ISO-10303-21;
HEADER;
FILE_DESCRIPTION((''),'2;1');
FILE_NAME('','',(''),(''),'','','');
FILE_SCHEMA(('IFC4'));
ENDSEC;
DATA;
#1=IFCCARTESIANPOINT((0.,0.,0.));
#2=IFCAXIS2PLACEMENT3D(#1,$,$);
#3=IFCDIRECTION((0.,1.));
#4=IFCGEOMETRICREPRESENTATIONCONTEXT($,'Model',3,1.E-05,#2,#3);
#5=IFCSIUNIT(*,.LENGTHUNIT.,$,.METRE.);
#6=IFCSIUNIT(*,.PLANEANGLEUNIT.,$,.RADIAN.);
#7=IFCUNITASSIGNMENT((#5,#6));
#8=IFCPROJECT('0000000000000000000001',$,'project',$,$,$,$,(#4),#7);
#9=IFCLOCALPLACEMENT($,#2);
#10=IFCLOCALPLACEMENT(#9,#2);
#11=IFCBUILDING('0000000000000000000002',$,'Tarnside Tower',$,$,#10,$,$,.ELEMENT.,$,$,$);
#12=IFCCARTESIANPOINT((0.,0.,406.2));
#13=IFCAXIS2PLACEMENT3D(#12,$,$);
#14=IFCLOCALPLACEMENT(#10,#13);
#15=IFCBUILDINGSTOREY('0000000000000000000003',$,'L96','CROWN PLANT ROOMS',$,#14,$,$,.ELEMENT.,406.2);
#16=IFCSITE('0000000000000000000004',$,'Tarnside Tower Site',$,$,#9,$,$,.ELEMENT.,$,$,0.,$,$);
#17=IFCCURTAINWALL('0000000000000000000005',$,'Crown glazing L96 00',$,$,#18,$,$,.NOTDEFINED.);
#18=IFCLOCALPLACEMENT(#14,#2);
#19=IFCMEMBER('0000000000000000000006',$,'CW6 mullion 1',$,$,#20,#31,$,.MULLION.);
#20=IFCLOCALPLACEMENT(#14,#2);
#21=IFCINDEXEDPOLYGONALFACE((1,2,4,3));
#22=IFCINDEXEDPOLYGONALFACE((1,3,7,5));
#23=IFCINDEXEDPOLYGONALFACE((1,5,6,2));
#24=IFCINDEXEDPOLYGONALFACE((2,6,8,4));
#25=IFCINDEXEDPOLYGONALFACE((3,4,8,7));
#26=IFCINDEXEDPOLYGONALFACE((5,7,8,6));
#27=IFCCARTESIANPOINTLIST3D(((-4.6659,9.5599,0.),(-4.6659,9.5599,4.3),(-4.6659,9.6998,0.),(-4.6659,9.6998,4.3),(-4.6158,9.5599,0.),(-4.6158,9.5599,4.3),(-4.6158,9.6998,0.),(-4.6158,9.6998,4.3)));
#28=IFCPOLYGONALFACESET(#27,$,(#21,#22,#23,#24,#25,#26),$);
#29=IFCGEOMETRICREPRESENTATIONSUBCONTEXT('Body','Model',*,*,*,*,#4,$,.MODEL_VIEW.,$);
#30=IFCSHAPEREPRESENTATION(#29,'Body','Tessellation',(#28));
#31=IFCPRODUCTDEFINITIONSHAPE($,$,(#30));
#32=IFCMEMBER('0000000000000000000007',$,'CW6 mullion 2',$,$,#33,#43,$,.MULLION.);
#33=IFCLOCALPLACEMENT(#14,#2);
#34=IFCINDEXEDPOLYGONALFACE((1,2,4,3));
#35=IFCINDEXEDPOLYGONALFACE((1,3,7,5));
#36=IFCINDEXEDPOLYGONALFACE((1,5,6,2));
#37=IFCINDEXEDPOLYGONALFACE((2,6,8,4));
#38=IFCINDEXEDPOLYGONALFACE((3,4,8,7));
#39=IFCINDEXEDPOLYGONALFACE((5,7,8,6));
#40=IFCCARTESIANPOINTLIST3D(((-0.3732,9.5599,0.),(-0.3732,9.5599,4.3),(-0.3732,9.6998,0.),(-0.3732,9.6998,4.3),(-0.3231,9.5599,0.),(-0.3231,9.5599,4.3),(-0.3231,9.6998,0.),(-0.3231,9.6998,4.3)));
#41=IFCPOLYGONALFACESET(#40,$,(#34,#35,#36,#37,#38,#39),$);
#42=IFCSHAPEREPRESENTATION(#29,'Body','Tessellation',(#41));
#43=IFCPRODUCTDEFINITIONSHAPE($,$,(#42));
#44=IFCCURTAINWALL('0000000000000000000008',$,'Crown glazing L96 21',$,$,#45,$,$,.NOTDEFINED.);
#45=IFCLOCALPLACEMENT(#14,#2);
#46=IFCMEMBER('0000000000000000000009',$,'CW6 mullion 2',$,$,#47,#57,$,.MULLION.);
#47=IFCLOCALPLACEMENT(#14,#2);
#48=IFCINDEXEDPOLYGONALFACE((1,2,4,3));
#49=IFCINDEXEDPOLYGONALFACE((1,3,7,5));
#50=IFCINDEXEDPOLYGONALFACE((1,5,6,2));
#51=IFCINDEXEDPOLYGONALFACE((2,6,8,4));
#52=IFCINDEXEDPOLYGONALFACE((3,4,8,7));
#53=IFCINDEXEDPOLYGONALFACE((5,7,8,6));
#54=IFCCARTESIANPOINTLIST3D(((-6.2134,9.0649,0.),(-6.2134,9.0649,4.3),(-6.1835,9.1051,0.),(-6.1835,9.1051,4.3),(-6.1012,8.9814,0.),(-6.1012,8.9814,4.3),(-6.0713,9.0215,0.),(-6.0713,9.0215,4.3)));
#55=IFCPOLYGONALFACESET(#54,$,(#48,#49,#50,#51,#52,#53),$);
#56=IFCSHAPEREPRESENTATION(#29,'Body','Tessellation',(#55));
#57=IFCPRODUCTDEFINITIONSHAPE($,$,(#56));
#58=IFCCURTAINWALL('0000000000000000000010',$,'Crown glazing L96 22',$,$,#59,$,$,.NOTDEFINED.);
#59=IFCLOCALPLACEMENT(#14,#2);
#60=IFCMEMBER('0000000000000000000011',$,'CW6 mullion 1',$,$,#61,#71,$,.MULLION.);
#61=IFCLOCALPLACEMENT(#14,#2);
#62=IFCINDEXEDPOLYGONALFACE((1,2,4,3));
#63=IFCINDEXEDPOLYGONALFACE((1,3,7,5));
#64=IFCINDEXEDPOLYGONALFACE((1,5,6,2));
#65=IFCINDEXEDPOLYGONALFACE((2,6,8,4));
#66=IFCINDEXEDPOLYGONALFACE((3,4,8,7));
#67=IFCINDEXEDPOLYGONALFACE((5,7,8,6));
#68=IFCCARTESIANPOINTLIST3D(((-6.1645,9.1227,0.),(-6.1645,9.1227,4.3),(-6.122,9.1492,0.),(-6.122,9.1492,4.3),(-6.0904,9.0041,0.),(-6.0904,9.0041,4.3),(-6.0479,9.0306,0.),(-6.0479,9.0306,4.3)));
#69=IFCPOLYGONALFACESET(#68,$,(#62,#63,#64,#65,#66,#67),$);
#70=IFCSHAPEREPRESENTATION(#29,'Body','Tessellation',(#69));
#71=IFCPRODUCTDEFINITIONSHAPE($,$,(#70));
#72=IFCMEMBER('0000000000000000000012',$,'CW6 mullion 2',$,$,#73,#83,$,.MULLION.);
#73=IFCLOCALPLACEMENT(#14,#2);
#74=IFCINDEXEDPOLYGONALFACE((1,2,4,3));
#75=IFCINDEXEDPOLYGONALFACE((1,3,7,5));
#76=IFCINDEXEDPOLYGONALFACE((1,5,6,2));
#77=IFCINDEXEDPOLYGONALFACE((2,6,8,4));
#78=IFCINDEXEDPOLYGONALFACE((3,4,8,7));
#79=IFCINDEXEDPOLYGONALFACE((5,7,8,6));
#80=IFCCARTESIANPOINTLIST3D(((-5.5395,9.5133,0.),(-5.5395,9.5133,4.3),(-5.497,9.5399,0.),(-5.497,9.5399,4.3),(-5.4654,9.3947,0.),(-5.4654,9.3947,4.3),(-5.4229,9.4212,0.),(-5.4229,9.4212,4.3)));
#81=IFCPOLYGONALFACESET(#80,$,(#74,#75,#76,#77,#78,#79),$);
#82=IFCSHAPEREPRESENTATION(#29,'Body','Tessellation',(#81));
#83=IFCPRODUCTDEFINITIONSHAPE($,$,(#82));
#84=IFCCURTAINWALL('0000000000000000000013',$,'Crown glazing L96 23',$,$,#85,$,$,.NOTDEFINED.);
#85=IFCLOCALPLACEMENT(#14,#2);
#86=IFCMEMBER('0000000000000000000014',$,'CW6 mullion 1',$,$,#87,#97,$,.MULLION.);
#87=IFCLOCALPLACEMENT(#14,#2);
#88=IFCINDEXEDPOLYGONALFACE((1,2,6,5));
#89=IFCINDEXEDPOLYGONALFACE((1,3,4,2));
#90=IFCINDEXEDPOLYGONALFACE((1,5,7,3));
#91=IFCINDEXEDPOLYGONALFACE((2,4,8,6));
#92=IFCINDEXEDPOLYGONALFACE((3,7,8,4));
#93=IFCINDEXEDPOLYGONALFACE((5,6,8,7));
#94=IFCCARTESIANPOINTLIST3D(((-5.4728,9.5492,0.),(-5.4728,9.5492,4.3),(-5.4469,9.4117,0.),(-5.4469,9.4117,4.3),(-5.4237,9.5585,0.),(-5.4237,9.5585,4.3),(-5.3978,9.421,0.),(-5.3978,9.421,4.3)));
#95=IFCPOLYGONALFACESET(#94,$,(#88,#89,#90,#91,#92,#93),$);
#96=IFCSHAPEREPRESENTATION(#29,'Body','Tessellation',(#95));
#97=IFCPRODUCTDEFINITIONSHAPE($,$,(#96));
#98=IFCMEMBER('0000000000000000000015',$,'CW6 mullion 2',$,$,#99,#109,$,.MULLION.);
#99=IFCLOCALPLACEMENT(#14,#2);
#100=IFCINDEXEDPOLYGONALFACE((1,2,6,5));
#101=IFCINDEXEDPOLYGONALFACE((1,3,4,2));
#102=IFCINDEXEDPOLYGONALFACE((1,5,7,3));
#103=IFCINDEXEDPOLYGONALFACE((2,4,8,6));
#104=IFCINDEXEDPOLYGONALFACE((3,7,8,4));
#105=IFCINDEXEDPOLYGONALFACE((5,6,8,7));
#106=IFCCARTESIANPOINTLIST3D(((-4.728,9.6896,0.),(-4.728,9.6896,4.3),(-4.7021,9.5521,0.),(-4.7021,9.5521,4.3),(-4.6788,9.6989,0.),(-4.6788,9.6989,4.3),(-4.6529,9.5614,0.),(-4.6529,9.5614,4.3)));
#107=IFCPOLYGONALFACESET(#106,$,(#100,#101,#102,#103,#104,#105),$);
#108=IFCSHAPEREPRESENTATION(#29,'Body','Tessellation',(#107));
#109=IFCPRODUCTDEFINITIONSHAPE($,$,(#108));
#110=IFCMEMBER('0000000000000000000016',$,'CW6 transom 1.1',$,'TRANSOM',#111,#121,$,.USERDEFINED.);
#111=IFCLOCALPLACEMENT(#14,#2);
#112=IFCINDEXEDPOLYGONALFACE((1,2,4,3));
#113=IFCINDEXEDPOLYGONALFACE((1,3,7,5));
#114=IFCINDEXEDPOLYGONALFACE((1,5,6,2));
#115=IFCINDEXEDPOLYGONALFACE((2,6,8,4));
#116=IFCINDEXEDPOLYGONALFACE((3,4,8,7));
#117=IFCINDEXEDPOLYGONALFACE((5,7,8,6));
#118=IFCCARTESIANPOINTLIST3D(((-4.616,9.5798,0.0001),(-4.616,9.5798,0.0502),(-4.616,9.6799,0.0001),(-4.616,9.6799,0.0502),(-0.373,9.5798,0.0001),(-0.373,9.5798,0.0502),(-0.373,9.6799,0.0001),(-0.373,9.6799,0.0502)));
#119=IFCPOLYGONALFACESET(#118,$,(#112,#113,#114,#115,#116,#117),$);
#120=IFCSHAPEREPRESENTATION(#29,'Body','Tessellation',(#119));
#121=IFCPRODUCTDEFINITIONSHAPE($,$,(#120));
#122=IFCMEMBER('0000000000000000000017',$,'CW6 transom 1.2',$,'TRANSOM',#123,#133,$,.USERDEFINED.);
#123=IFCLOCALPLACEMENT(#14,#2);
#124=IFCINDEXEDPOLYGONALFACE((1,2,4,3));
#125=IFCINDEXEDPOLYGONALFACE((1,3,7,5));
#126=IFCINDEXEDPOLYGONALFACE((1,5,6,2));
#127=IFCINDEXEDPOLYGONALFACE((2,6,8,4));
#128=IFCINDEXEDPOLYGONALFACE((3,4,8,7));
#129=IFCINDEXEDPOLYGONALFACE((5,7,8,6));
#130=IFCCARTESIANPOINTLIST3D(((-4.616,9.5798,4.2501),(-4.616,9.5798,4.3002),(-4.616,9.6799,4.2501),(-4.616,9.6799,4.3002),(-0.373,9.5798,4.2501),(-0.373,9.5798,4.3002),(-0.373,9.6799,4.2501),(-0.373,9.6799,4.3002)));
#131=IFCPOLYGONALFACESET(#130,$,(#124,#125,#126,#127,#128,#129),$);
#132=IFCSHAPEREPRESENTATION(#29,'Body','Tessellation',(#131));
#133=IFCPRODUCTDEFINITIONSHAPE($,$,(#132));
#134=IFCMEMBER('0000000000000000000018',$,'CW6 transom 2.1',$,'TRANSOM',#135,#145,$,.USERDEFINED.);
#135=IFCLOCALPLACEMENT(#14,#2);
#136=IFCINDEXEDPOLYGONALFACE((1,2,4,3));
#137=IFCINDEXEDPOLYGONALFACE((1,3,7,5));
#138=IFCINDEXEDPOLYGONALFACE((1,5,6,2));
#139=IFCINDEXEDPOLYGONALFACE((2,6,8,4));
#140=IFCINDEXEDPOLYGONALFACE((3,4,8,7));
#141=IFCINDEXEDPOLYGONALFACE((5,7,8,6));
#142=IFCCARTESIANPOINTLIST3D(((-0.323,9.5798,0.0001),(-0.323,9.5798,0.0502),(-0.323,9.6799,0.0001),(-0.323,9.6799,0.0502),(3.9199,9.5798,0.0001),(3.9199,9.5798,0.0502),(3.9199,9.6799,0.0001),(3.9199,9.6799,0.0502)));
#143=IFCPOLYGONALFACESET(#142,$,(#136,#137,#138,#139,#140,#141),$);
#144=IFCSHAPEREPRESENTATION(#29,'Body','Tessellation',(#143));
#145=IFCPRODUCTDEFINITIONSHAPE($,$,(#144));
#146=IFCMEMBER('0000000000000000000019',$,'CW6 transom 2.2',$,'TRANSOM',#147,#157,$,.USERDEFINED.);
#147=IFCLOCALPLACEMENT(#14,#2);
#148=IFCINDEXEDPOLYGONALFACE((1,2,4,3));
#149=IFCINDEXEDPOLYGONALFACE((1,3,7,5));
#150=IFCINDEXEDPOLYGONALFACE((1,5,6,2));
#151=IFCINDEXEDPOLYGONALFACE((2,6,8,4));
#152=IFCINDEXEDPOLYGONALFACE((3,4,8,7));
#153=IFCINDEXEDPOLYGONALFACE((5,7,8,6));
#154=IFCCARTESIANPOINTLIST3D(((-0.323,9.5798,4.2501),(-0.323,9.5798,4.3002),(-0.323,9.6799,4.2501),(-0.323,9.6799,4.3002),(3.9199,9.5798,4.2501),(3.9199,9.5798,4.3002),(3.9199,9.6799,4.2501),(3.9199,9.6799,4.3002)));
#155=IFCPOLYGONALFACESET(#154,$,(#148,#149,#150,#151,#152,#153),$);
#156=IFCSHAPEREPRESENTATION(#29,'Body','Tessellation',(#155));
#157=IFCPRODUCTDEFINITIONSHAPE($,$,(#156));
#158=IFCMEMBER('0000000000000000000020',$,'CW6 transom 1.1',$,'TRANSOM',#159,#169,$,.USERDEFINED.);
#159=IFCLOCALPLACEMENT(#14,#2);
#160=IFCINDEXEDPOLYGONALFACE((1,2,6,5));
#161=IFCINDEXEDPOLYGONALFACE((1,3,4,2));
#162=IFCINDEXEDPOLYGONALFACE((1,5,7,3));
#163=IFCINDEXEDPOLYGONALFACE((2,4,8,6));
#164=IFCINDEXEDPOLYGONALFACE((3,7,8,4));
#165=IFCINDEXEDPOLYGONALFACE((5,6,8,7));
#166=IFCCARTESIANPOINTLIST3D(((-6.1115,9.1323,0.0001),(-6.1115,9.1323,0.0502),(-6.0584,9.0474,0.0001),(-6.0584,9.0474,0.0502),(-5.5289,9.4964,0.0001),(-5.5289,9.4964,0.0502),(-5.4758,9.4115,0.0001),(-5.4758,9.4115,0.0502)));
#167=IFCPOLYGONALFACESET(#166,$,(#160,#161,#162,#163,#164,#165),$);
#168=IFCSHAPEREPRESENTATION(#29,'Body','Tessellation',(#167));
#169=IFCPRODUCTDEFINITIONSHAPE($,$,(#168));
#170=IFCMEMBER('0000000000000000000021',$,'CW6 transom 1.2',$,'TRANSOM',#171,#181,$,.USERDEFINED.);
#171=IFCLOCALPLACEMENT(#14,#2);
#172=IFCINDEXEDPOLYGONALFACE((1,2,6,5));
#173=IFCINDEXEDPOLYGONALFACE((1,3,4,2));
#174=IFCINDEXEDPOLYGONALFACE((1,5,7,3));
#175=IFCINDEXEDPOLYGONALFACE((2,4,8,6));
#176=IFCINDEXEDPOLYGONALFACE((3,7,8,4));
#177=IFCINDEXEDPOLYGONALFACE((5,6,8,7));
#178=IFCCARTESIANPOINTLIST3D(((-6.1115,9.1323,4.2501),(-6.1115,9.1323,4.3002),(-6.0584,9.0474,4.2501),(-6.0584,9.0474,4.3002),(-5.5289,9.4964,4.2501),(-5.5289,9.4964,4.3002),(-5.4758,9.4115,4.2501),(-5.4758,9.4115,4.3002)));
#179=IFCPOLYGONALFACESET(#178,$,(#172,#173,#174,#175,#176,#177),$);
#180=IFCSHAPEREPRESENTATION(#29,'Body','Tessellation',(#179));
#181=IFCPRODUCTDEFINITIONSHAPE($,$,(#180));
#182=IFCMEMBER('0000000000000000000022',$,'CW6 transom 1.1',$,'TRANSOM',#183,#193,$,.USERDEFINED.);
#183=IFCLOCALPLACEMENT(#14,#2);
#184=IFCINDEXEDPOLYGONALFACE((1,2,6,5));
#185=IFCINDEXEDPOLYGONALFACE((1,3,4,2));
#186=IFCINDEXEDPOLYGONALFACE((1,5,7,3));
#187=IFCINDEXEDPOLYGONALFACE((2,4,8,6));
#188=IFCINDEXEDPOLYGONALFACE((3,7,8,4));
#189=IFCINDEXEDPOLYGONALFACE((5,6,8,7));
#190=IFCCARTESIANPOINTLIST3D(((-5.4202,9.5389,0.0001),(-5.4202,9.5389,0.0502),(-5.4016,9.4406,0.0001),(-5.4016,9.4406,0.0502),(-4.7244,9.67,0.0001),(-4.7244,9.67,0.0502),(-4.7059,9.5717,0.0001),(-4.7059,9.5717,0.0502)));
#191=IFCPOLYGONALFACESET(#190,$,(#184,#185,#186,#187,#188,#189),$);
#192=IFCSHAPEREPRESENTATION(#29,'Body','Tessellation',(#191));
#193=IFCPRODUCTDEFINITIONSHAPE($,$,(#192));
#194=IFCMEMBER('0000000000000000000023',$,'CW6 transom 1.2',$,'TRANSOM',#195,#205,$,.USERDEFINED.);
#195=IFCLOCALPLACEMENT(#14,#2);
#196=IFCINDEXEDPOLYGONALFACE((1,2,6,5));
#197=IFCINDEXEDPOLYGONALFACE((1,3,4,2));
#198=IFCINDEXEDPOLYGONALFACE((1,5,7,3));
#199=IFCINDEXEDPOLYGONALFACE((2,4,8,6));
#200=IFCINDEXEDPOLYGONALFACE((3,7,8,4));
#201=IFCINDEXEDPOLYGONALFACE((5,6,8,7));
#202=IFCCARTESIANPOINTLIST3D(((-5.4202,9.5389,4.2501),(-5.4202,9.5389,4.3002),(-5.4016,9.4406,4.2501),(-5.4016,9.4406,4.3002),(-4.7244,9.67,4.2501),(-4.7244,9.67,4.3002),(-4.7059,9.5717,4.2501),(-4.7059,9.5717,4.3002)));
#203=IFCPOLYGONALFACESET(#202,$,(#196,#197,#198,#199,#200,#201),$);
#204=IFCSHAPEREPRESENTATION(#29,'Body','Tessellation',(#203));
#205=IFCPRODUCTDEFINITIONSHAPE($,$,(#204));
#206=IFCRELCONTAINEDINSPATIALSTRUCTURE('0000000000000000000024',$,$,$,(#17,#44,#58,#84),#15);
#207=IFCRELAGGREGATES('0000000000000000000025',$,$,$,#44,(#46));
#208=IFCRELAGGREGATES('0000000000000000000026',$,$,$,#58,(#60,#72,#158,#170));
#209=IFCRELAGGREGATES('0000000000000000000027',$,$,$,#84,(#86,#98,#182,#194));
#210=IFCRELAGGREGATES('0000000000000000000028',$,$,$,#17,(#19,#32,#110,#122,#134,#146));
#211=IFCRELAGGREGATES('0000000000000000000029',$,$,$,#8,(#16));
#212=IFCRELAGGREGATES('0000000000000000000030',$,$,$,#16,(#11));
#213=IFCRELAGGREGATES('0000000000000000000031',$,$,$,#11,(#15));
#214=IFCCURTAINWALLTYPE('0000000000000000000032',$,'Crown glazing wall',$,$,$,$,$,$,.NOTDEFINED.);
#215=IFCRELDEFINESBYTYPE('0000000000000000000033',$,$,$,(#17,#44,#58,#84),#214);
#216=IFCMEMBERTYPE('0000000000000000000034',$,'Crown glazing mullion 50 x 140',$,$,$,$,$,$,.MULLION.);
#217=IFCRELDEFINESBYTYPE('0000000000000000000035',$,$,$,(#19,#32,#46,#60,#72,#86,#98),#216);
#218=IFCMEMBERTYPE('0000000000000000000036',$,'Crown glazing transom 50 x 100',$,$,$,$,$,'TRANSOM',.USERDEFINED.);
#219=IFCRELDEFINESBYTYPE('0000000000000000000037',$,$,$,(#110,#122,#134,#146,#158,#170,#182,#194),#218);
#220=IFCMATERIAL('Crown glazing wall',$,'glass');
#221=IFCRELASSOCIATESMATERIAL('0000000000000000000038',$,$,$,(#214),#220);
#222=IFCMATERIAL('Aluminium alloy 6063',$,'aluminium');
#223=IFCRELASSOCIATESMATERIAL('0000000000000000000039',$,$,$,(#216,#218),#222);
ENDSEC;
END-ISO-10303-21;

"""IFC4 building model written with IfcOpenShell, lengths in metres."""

from ifc_helpers import new_model, si_unit, direction, frame, origin, origin_2d, place, context, subcontext, project, spatial, rectangle, extrude, material, material_profile, profile_set, type_object, element, aggregate, save


model = new_model("IFC4")

# Units and contexts
model_context = context("Model", 3, precision=1e-05, world=origin(), true_north=direction((0.0, 1.0)))
body_context = subcontext(model_context, "Body", "Model", "MODEL_VIEW")
ifc_project = project(units=[si_unit("LENGTHUNIT", "METRE"), si_unit("PLANEANGLEUNIT", "RADIAN")], contexts=[model_context])

# Site, building, storey
site_placement = place(None, origin())
site = spatial("IfcSite", under=ifc_project, at=site_placement, Name="Tarnside Tower Site", CompositionType="ELEMENT", RefElevation=0.0)
building_placement = place(site_placement, origin())
building = spatial("IfcBuilding", under=site, at=building_placement, Name="Tarnside Tower", CompositionType="ELEMENT")
storey_placement = place(building_placement, frame((0.0, 0.0, 406.2)))
storey = spatial("IfcBuildingStorey", under=building, at=storey_placement, Name="L96", Description="CROWN PLANT ROOMS", CompositionType="ELEMENT", Elevation=406.2)

# Curtain wall, members
ifc_material_1 = material(Name="Crown glazing wall", Category="glass")
curtain_wall_type = type_object("IfcCurtainWallType", Name="Crown glazing wall", PredefinedType="NOTDEFINED", material=ifc_material_1)
curtain_wall_1_placement = place(storey_placement, origin())
curtain_wall_1 = element("IfcCurtainWall", 1, at=curtain_wall_1_placement, inside=storey, type_object=curtain_wall_type, Name="Crown glazing L96 00", PredefinedType="NOTDEFINED")
ifc_material_2 = material(Name="Aluminium alloy 6063", Category="aluminium")
ifc_material_profile_1 = material_profile(ifc_material_2, rectangle(XDim=0.1399, YDim=0.05, at=origin_2d()), Name="Crown glazing mullion 50 x 140")
ifc_profile_set_1 = profile_set([ifc_material_profile_1], Name="Aluminium alloy 6063")
member_type_1 = type_object("IfcMemberType", Name="Crown glazing mullion 50 x 140", PredefinedType="MULLION", material=ifc_profile_set_1)
member_1_placement = place(storey_placement, frame((-4.6409, 9.6299, 0.0), z_axis=(0.0, 0.0, 1.0), x_axis=(0.0, 1.0, 0.0)))
member_1 = element("IfcMember", 2, at=member_1_placement, type_object=member_type_1, Name="CW6 mullion 1", PredefinedType="MULLION", context=body_context, shape_type="SweptSolid", body=[
    extrude(rectangle(XDim=0.1399, YDim=0.05, at=origin_2d()), origin(), (0.0, 0.0, 1.0), 4.3),
])
member_2_placement = place(storey_placement, frame((-0.3481, 9.6299, 0.0), z_axis=(0.0, 0.0, 1.0), x_axis=(0.0, 1.0, 0.0)))
member_2 = element("IfcMember", 3, at=member_2_placement, type_object=member_type_1, Name="CW6 mullion 2", PredefinedType="MULLION", context=body_context, shape_type="SweptSolid", body=[
    extrude(rectangle(XDim=0.1399, YDim=0.05, at=origin_2d()), origin(), (0.0, 0.0, 1.0), 4.3),
])

# Curtain wall, member
curtain_wall_2_placement = place(storey_placement, origin())
curtain_wall_2 = element("IfcCurtainWall", 4, at=curtain_wall_2_placement, inside=storey, type_object=curtain_wall_type, Name="Crown glazing L96 21", PredefinedType="NOTDEFINED")
member_3_placement = place(storey_placement, frame((-6.1423, 9.0432, 0.0), z_axis=(0.0, 0.0, 1.0), x_axis=(-0.802123, 0.597159, 0.0)))
member_3 = element("IfcMember", 5, at=member_3_placement, type_object=member_type_1, Name="CW6 mullion 2", PredefinedType="MULLION", context=body_context, shape_type="SweptSolid", body=[
    extrude(rectangle(XDim=0.1399, YDim=0.05, at=origin_2d()), origin(), (0.0, 0.0, 1.0), 4.3),
])
aggregate(curtain_wall_2, [member_3])

# Curtain walls, members
curtain_wall_3_placement = place(storey_placement, origin())
curtain_wall_3 = element("IfcCurtainWall", 6, at=curtain_wall_3_placement, inside=storey, type_object=curtain_wall_type, Name="Crown glazing L96 22", PredefinedType="NOTDEFINED")
member_4_placement = place(storey_placement, frame((-6.1062, 9.0767, 0.0), z_axis=(0.0, 0.0, 1.0), x_axis=(-0.529919, 0.848048, 0.0)))
member_4 = element("IfcMember", 7, at=member_4_placement, type_object=member_type_1, Name="CW6 mullion 1", PredefinedType="MULLION", context=body_context, shape_type="SweptSolid", body=[
    extrude(rectangle(XDim=0.1399, YDim=0.05, at=origin_2d()), origin(), (0.0, 0.0, 1.0), 4.3),
])
member_5_placement = place(storey_placement, frame((-5.4812, 9.4673, 0.0), z_axis=(0.0, 0.0, 1.0), x_axis=(-0.529919, 0.848048, 0.0)))
member_5 = element("IfcMember", 8, at=member_5_placement, type_object=member_type_1, Name="CW6 mullion 2", PredefinedType="MULLION", context=body_context, shape_type="SweptSolid", body=[
    extrude(rectangle(XDim=0.1399, YDim=0.05, at=origin_2d()), origin(), (0.0, 0.0, 1.0), 4.3),
])
curtain_wall_4_placement = place(storey_placement, origin())
curtain_wall_4 = element("IfcCurtainWall", 9, at=curtain_wall_4_placement, inside=storey, type_object=curtain_wall_type, Name="Crown glazing L96 23", PredefinedType="NOTDEFINED")
member_6_placement = place(storey_placement, frame((-5.4353, 9.4851, 0.0), z_axis=(0.0, 0.0, 1.0), x_axis=(-0.185095, 0.982721, 0.0)))
member_6 = element("IfcMember", 10, at=member_6_placement, type_object=member_type_1, Name="CW6 mullion 1", PredefinedType="MULLION", context=body_context, shape_type="SweptSolid", body=[
    extrude(rectangle(XDim=0.1399, YDim=0.05, at=origin_2d()), origin(), (0.0, 0.0, 1.0), 4.3),
])
member_7_placement = place(storey_placement, frame((-4.6904, 9.6255, 0.0), z_axis=(0.0, 0.0, 1.0), x_axis=(-0.185095, 0.982721, 0.0)))
member_7 = element("IfcMember", 11, at=member_7_placement, type_object=member_type_1, Name="CW6 mullion 2", PredefinedType="MULLION", context=body_context, shape_type="SweptSolid", body=[
    extrude(rectangle(XDim=0.1399, YDim=0.05, at=origin_2d()), origin(), (0.0, 0.0, 1.0), 4.3),
])

# Members
ifc_material_profile_2 = material_profile(ifc_material_2, rectangle(XDim=0.1001, YDim=0.05, at=origin_2d()), Name="Crown glazing transom 50 x 100")
ifc_profile_set_2 = profile_set([ifc_material_profile_2], Name="Aluminium alloy 6063")
member_type_2 = type_object("IfcMemberType", Name="Crown glazing transom 50 x 100", ElementType="TRANSOM", PredefinedType="USERDEFINED", material=ifc_profile_set_2)
member_8_placement = place(storey_placement, frame((-4.616, 9.6299, 0.0251), z_axis=(1.0, 0.0, 0.0), x_axis=(0.0, 1.0, 0.0)))
member_8 = element("IfcMember", 12, at=member_8_placement, type_object=member_type_2, Name="CW6 transom 1.1", ObjectType="TRANSOM", PredefinedType="USERDEFINED", context=body_context, shape_type="SweptSolid", body=[
    extrude(rectangle(XDim=0.1001, YDim=0.05, at=origin_2d()), origin(), (0.0, 0.0, 1.0), 4.2429),
])
member_9_placement = place(storey_placement, frame((-4.616, 9.6299, 4.2751), z_axis=(1.0, 0.0, 0.0), x_axis=(0.0, 1.0, 0.0)))
member_9 = element("IfcMember", 13, at=member_9_placement, type_object=member_type_2, Name="CW6 transom 1.2", ObjectType="TRANSOM", PredefinedType="USERDEFINED", context=body_context, shape_type="SweptSolid", body=[
    extrude(rectangle(XDim=0.1001, YDim=0.05, at=origin_2d()), origin(), (0.0, 0.0, 1.0), 4.2429),
])
member_10_placement = place(storey_placement, frame((-0.323, 9.6299, 0.0251), z_axis=(1.0, 0.0, 0.0), x_axis=(0.0, 1.0, 0.0)))
member_10 = element("IfcMember", 14, at=member_10_placement, type_object=member_type_2, Name="CW6 transom 2.1", ObjectType="TRANSOM", PredefinedType="USERDEFINED", context=body_context, shape_type="SweptSolid", body=[
    extrude(rectangle(XDim=0.1001, YDim=0.05, at=origin_2d()), origin(), (0.0, 0.0, 1.0), 4.2429),
])
member_11_placement = place(storey_placement, frame((-0.323, 9.6299, 4.2751), z_axis=(1.0, 0.0, 0.0), x_axis=(0.0, 1.0, 0.0)))
member_11 = element("IfcMember", 15, at=member_11_placement, type_object=member_type_2, Name="CW6 transom 2.2", ObjectType="TRANSOM", PredefinedType="USERDEFINED", context=body_context, shape_type="SweptSolid", body=[
    extrude(rectangle(XDim=0.1001, YDim=0.05, at=origin_2d()), origin(), (0.0, 0.0, 1.0), 4.2429),
])
member_12_placement = place(storey_placement, frame((-6.085, 9.0898, 0.0251), z_axis=(0.848038, 0.529935, 0.0), x_axis=(-0.529935, 0.848038, 0.0)))
member_12 = element("IfcMember", 16, at=member_12_placement, type_object=member_type_2, Name="CW6 transom 1.1", ObjectType="TRANSOM", PredefinedType="USERDEFINED", context=body_context, shape_type="SweptSolid", body=[
    extrude(rectangle(XDim=0.1001, YDim=0.05, at=origin_2d()), origin(), (0.0, 0.0, 1.0), 0.687),
])
member_13_placement = place(storey_placement, frame((-6.085, 9.0898, 4.2751), z_axis=(0.848038, 0.529935, 0.0), x_axis=(-0.529935, 0.848038, 0.0)))
member_13 = element("IfcMember", 17, at=member_13_placement, type_object=member_type_2, Name="CW6 transom 1.2", ObjectType="TRANSOM", PredefinedType="USERDEFINED", context=body_context, shape_type="SweptSolid", body=[
    extrude(rectangle(XDim=0.1001, YDim=0.05, at=origin_2d()), origin(), (0.0, 0.0, 1.0), 0.687),
])
member_14_placement = place(storey_placement, frame((-5.4109, 9.4897, 0.0251), z_axis=(0.982708, 0.185163, 0.0), x_axis=(-0.185163, 0.982708, 0.0)))
member_14 = element("IfcMember", 18, at=member_14_placement, type_object=member_type_2, Name="CW6 transom 1.1", ObjectType="TRANSOM", PredefinedType="USERDEFINED", context=body_context, shape_type="SweptSolid", body=[
    extrude(rectangle(XDim=0.1001, YDim=0.05, at=origin_2d()), origin(), (0.0, 0.0, 1.0), 0.708),
])
member_15_placement = place(storey_placement, frame((-5.4109, 9.4897, 4.2751), z_axis=(0.982708, 0.185163, 0.0), x_axis=(-0.185163, 0.982708, 0.0)))
member_15 = element("IfcMember", 19, at=member_15_placement, type_object=member_type_2, Name="CW6 transom 1.2", ObjectType="TRANSOM", PredefinedType="USERDEFINED", context=body_context, shape_type="SweptSolid", body=[
    extrude(rectangle(XDim=0.1001, YDim=0.05, at=origin_2d()), origin(), (0.0, 0.0, 1.0), 0.708),
])

aggregate(curtain_wall_3, [member_4, member_5, member_12, member_13])
aggregate(curtain_wall_4, [member_6, member_7, member_14, member_15])
aggregate(curtain_wall_1, [member_1, member_2, member_8, member_9, member_10, member_11])

save(model, "model.ifc")
